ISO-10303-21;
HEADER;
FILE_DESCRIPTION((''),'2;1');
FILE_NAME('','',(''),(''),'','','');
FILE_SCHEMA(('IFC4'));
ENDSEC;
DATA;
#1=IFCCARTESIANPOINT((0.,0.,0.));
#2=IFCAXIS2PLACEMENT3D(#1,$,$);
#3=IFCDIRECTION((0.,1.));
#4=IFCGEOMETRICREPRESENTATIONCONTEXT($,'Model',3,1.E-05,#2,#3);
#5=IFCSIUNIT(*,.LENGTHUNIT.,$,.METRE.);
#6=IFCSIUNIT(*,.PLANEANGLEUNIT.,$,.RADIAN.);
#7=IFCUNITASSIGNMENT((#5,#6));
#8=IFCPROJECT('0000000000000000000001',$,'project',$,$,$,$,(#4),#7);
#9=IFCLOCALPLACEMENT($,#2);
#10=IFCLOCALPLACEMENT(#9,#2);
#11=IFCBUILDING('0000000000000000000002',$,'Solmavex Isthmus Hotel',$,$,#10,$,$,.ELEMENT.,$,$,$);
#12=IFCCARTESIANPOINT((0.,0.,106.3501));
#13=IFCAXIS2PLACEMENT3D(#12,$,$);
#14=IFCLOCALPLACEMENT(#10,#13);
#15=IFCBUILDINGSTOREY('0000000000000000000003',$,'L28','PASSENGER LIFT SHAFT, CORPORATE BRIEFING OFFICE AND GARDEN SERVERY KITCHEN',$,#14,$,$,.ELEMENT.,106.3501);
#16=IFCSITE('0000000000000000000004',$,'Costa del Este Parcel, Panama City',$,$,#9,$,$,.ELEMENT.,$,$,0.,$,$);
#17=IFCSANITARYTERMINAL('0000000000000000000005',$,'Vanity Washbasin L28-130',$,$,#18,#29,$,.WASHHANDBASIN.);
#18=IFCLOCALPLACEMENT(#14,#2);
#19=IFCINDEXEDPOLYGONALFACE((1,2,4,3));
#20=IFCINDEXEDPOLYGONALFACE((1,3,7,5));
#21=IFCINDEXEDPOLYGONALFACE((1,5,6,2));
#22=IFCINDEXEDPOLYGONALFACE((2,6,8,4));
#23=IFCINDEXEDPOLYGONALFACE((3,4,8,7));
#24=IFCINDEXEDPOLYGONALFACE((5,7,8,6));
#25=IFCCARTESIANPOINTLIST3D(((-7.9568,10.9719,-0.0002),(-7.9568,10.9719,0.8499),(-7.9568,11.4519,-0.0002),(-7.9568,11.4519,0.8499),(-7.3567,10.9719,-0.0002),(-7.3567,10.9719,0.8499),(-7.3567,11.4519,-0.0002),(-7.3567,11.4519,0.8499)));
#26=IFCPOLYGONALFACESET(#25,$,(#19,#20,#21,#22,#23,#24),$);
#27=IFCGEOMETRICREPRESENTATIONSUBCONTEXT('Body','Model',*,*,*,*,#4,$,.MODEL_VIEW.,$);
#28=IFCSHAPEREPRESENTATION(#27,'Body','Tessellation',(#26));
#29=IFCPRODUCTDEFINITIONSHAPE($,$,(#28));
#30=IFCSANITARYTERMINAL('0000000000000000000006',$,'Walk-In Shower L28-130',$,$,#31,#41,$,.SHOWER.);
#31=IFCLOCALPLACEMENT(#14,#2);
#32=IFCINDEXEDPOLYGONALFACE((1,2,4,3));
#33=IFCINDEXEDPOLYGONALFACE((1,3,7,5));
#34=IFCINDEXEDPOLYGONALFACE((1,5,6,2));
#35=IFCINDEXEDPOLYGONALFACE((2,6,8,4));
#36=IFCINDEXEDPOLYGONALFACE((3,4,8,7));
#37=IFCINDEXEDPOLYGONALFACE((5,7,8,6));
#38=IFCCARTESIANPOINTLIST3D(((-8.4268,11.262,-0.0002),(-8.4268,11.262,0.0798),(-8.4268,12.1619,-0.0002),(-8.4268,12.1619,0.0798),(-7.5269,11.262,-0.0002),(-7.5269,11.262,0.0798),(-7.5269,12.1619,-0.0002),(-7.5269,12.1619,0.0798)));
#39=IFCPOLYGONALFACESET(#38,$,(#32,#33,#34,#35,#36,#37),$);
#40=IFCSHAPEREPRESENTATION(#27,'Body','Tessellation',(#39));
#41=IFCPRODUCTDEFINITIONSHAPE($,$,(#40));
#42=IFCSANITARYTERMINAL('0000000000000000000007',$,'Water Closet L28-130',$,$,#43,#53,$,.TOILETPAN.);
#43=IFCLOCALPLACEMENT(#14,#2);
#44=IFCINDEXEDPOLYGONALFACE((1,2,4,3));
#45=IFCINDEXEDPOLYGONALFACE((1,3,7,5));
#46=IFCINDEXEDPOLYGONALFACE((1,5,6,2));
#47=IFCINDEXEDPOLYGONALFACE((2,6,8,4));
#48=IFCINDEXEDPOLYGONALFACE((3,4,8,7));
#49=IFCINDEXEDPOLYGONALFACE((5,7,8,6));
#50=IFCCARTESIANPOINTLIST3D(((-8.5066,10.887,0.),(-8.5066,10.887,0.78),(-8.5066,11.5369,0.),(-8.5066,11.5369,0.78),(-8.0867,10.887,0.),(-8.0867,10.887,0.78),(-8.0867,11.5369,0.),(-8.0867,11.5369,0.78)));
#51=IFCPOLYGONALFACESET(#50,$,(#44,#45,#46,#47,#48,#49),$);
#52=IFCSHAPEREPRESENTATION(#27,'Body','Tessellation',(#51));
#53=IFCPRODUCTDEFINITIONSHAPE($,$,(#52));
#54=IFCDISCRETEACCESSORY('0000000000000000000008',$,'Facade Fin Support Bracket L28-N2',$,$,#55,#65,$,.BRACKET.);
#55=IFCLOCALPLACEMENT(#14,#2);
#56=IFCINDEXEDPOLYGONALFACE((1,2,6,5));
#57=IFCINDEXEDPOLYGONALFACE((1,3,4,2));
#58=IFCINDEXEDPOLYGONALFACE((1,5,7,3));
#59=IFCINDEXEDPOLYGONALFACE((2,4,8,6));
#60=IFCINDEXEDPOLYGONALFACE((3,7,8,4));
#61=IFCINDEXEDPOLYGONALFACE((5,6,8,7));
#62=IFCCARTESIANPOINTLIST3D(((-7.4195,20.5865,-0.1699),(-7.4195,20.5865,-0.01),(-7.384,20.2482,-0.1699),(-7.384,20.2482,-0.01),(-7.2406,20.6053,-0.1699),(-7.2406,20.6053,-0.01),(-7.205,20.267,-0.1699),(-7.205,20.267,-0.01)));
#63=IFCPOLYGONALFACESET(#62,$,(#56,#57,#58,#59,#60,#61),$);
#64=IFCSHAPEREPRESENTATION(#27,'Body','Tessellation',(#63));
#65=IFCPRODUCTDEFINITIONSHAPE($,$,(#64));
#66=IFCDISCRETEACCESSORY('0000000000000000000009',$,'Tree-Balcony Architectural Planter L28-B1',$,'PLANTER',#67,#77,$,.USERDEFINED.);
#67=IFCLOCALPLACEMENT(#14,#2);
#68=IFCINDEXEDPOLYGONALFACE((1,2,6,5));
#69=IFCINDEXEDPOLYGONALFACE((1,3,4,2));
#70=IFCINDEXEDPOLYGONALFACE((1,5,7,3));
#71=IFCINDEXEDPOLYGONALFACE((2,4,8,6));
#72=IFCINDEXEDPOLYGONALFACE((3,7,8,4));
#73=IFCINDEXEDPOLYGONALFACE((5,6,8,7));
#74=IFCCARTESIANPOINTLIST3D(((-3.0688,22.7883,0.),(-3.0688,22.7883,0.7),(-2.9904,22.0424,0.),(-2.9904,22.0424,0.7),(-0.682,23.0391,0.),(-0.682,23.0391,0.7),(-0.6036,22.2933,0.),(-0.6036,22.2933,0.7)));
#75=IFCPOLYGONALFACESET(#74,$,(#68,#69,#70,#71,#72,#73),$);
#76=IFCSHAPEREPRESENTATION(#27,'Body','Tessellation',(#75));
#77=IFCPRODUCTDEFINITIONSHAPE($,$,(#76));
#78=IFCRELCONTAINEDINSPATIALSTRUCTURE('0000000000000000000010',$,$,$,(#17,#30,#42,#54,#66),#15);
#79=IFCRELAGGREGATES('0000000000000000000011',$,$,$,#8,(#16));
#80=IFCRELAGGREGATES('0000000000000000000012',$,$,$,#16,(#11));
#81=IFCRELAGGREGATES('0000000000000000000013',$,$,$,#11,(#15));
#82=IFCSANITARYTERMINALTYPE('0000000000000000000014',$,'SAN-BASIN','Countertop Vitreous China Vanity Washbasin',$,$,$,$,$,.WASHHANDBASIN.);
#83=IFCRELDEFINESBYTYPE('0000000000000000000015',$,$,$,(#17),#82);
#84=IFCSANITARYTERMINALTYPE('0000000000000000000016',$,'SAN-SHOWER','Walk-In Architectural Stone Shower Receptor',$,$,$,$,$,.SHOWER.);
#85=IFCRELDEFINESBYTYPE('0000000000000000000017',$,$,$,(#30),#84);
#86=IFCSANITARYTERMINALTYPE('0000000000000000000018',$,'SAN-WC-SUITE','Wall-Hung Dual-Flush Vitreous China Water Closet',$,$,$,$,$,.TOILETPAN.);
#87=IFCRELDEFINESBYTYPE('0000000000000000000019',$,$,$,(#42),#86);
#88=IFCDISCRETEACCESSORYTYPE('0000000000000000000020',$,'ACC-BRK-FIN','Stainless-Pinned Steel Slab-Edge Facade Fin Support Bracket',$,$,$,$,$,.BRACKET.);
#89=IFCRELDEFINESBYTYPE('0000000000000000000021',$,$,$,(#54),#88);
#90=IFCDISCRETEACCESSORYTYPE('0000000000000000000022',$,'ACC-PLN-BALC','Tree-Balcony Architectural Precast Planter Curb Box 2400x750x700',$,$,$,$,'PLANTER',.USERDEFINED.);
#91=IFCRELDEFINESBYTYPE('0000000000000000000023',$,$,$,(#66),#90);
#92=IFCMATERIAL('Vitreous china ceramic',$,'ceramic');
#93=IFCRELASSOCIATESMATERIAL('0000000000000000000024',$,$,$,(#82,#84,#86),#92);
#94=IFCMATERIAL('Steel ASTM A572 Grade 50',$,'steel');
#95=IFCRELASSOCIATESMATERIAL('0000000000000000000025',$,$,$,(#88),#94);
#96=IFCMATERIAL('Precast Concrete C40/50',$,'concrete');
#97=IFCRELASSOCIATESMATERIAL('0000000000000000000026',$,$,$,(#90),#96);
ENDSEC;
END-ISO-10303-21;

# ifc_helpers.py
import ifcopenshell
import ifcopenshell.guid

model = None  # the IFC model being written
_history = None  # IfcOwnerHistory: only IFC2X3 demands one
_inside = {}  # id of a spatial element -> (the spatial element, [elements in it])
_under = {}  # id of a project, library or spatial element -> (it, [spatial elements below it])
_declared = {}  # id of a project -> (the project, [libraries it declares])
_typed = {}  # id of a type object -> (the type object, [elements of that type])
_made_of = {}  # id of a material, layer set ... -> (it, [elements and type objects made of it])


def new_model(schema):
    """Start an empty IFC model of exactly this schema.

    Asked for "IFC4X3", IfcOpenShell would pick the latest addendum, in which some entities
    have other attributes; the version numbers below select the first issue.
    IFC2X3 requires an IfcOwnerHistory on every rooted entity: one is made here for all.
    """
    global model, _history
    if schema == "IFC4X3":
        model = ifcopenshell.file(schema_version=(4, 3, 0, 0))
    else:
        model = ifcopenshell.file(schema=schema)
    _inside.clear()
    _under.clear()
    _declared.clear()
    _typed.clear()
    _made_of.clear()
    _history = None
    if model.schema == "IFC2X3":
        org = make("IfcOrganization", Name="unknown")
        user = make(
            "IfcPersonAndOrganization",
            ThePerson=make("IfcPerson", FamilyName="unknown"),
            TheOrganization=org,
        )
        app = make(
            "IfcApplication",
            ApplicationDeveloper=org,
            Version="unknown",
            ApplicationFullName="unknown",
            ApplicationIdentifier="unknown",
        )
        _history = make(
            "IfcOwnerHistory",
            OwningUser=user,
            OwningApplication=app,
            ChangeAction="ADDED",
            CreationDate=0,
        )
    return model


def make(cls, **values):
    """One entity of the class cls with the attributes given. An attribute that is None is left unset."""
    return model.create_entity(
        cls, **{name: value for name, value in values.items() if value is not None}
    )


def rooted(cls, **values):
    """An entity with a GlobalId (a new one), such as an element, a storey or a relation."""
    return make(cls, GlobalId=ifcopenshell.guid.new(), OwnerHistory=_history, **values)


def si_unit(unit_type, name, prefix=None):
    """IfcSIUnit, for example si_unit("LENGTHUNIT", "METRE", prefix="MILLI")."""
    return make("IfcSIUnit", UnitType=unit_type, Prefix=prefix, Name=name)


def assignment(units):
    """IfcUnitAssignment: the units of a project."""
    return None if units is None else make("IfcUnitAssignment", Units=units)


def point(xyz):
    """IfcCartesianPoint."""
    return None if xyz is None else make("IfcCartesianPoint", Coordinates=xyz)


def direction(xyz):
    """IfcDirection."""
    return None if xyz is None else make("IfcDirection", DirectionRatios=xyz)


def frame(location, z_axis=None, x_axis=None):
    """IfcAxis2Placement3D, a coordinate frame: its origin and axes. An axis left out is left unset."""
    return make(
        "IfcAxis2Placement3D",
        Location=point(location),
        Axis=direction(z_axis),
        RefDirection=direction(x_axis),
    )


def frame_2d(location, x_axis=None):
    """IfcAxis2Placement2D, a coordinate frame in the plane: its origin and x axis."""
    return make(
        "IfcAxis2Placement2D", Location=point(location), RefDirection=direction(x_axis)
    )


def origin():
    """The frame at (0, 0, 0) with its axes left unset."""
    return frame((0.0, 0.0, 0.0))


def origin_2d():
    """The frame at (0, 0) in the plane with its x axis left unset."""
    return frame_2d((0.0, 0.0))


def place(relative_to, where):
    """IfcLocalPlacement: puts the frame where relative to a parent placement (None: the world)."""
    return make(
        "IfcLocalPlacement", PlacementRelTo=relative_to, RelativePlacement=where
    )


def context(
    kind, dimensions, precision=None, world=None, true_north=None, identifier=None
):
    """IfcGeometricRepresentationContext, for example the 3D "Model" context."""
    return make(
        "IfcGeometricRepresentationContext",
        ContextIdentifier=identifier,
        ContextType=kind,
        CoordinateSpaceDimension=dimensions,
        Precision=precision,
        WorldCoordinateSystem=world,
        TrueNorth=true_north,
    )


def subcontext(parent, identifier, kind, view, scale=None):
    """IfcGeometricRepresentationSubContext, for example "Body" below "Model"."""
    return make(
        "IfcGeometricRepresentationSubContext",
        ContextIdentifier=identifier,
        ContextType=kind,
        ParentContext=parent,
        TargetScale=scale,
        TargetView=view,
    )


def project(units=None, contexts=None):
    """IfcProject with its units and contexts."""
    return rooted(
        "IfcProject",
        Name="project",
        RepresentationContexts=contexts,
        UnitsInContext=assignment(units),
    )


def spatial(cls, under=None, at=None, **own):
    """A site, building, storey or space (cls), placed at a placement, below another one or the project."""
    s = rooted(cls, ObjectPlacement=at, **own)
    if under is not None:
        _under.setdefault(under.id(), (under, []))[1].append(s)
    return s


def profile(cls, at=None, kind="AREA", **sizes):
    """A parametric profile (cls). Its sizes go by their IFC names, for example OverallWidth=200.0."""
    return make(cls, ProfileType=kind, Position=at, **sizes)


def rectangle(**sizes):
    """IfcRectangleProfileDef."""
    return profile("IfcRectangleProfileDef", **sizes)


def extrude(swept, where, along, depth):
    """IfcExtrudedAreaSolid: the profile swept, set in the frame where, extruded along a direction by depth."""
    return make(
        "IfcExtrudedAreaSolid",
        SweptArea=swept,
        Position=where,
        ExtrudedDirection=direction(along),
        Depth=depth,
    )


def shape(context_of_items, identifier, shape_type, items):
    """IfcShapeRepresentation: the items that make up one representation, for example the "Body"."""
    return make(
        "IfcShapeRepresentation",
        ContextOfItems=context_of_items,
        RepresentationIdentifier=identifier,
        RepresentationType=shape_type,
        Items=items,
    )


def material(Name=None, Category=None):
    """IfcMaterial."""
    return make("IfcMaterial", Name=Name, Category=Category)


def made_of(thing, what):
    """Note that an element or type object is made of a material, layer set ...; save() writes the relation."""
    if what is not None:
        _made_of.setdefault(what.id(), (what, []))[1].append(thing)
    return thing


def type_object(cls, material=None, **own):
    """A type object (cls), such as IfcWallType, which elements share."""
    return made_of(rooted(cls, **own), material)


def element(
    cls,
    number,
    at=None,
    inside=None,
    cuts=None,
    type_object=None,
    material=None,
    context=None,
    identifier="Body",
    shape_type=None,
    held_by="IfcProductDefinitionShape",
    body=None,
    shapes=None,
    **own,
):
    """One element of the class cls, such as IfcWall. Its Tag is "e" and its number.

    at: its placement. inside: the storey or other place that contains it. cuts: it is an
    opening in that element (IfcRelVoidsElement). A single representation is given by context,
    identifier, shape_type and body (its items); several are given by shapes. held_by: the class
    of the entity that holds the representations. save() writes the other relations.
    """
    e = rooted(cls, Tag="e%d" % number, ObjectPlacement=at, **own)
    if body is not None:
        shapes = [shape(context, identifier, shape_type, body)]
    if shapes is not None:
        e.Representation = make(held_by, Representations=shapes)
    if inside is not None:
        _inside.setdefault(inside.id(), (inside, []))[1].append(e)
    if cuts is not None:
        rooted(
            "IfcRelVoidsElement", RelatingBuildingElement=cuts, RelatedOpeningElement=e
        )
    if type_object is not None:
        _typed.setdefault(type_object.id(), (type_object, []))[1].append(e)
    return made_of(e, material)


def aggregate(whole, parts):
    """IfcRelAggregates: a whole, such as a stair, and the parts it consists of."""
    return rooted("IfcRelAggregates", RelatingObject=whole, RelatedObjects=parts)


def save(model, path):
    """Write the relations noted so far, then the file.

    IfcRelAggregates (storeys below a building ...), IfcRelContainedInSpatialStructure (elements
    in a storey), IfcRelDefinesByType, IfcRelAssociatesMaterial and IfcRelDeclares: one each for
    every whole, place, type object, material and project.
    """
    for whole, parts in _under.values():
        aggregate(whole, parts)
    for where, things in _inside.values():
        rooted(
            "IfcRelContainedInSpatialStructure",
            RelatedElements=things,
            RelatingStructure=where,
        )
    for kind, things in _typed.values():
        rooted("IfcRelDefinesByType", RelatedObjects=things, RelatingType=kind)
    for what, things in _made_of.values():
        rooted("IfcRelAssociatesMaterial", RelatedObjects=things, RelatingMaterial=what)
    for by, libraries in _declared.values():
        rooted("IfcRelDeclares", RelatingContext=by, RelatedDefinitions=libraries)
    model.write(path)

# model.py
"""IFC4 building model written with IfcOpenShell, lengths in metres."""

from ifc_helpers import new_model, si_unit, direction, frame, origin, origin_2d, place, context, subcontext, project, spatial, rectangle, extrude, material, type_object, element, save


model = new_model("IFC4")

# Units and contexts
model_context = context("Model", 3, precision=1e-05, world=origin(), true_north=direction((0.0, 1.0)))
body_context = subcontext(model_context, "Body", "Model", "MODEL_VIEW")
ifc_project = project(units=[si_unit("LENGTHUNIT", "METRE"), si_unit("PLANEANGLEUNIT", "RADIAN")], contexts=[model_context])

# Site, building, storey
site_placement = place(None, origin())
site = spatial("IfcSite", under=ifc_project, at=site_placement, Name="Costa del Este Parcel, Panama City", CompositionType="ELEMENT", RefElevation=0.0)
building_placement = place(site_placement, origin())
building = spatial("IfcBuilding", under=site, at=building_placement, Name="Solmavex Isthmus Hotel", CompositionType="ELEMENT")
storey_placement = place(building_placement, frame((0.0, 0.0, 106.3501)))
storey = spatial("IfcBuildingStorey", under=building, at=storey_placement, Name="L28", Description="PASSENGER LIFT SHAFT, CORPORATE BRIEFING OFFICE AND GARDEN SERVERY KITCHEN", CompositionType="ELEMENT", Elevation=106.3501)

# Shared definitions
ifc_material_1 = material(Name="Precast Concrete C40/50", Category="concrete")

# Sanitary terminals
ifc_material_2 = material(Name="Vitreous china ceramic", Category="ceramic")
sanitary_terminal_type_1 = type_object("IfcSanitaryTerminalType", Name="SAN-BASIN", Description="Countertop Vitreous China Vanity Washbasin", PredefinedType="WASHHANDBASIN", material=ifc_material_2)
sanitary_terminal_1_placement = place(storey_placement, frame((-7.6567, 11.2119, -0.0002), z_axis=(0.0, 0.0, 1.0), x_axis=(1.0, 0.0, 0.0)))
element("IfcSanitaryTerminal", 1, at=sanitary_terminal_1_placement, inside=storey, type_object=sanitary_terminal_type_1, Name="Vanity Washbasin L28-130", PredefinedType="WASHHANDBASIN", context=body_context, shape_type="SweptSolid", body=[
    extrude(rectangle(XDim=0.6001, YDim=0.48, at=origin_2d()), origin(), (0.0, 0.0, 1.0), 0.8501),
])
sanitary_terminal_type_2 = type_object("IfcSanitaryTerminalType", Name="SAN-SHOWER", Description="Walk-In Architectural Stone Shower Receptor", PredefinedType="SHOWER", material=ifc_material_2)
sanitary_terminal_2_placement = place(storey_placement, frame((-7.9768, 11.7119, -0.0002), z_axis=(0.0, 0.0, 1.0), x_axis=(1.0, 0.0, 0.0)))
element("IfcSanitaryTerminal", 2, at=sanitary_terminal_2_placement, inside=storey, type_object=sanitary_terminal_type_2, Name="Walk-In Shower L28-130", PredefinedType="SHOWER", context=body_context, shape_type="SweptSolid", body=[
    extrude(rectangle(XDim=0.8999, YDim=0.8999, at=origin_2d()), origin(), (0.0, 0.0, 1.0), 0.0801),
])
sanitary_terminal_type_3 = type_object("IfcSanitaryTerminalType", Name="SAN-WC-SUITE", Description="Wall-Hung Dual-Flush Vitreous China Water Closet", PredefinedType="TOILETPAN", material=ifc_material_2)
sanitary_terminal_3_placement = place(storey_placement, frame((-8.2966, 11.2119, 0.0), z_axis=(0.0, 0.0, 1.0), x_axis=(1.0, 0.0, 0.0)))
element("IfcSanitaryTerminal", 3, at=sanitary_terminal_3_placement, inside=storey, type_object=sanitary_terminal_type_3, Name="Water Closet L28-130", PredefinedType="TOILETPAN", context=body_context, shape_type="SweptSolid", body=[
    extrude(rectangle(XDim=0.4199, YDim=0.6499, at=origin_2d()), origin(), (0.0, 0.0, 1.0), 0.78),
])

# Discrete accessories
ifc_material_3 = material(Name="Steel ASTM A572 Grade 50", Category="steel")
discrete_accessory_type_1 = type_object("IfcDiscreteAccessoryType", Name="ACC-BRK-FIN", Description="Stainless-Pinned Steel Slab-Edge Facade Fin Support Bracket", PredefinedType="BRACKET", material=ifc_material_3)
discrete_accessory_1_placement = place(storey_placement, frame((-7.3123, 20.4268, -0.1699), z_axis=(0.0, 0.0, 1.0), x_axis=(-0.104528, 0.994522, 0.0)))
element("IfcDiscreteAccessory", 4, at=discrete_accessory_1_placement, inside=storey, type_object=discrete_accessory_type_1, Name="Facade Fin Support Bracket L28-N2", PredefinedType="BRACKET", context=body_context, shape_type="SweptSolid", body=[
    extrude(rectangle(XDim=0.3401, YDim=0.1799, at=origin_2d()), origin(), (0.0, 0.0, 1.0), 0.1599),
])
discrete_accessory_type_2 = type_object("IfcDiscreteAccessoryType", Name="ACC-PLN-BALC", Description="Tree-Balcony Architectural Precast Planter Curb Box 2400x750x700", ElementType="PLANTER", PredefinedType="USERDEFINED", material=ifc_material_1)
discrete_accessory_2_placement = place(storey_placement, frame((-1.8362, 22.5408, 0.0), z_axis=(0.0, 0.0, 1.0), x_axis=(0.994522, 0.104528, 0.0)))
element("IfcDiscreteAccessory", 5, at=discrete_accessory_2_placement, inside=storey, type_object=discrete_accessory_type_2, Name="Tree-Balcony Architectural Planter L28-B1", ObjectType="PLANTER", PredefinedType="USERDEFINED", context=body_context, shape_type="SweptSolid", body=[
    extrude(rectangle(XDim=2.3999, YDim=0.75, at=origin_2d()), origin(), (0.0, 0.0, 1.0), 0.7),
])

save(model, "model.ifc")
